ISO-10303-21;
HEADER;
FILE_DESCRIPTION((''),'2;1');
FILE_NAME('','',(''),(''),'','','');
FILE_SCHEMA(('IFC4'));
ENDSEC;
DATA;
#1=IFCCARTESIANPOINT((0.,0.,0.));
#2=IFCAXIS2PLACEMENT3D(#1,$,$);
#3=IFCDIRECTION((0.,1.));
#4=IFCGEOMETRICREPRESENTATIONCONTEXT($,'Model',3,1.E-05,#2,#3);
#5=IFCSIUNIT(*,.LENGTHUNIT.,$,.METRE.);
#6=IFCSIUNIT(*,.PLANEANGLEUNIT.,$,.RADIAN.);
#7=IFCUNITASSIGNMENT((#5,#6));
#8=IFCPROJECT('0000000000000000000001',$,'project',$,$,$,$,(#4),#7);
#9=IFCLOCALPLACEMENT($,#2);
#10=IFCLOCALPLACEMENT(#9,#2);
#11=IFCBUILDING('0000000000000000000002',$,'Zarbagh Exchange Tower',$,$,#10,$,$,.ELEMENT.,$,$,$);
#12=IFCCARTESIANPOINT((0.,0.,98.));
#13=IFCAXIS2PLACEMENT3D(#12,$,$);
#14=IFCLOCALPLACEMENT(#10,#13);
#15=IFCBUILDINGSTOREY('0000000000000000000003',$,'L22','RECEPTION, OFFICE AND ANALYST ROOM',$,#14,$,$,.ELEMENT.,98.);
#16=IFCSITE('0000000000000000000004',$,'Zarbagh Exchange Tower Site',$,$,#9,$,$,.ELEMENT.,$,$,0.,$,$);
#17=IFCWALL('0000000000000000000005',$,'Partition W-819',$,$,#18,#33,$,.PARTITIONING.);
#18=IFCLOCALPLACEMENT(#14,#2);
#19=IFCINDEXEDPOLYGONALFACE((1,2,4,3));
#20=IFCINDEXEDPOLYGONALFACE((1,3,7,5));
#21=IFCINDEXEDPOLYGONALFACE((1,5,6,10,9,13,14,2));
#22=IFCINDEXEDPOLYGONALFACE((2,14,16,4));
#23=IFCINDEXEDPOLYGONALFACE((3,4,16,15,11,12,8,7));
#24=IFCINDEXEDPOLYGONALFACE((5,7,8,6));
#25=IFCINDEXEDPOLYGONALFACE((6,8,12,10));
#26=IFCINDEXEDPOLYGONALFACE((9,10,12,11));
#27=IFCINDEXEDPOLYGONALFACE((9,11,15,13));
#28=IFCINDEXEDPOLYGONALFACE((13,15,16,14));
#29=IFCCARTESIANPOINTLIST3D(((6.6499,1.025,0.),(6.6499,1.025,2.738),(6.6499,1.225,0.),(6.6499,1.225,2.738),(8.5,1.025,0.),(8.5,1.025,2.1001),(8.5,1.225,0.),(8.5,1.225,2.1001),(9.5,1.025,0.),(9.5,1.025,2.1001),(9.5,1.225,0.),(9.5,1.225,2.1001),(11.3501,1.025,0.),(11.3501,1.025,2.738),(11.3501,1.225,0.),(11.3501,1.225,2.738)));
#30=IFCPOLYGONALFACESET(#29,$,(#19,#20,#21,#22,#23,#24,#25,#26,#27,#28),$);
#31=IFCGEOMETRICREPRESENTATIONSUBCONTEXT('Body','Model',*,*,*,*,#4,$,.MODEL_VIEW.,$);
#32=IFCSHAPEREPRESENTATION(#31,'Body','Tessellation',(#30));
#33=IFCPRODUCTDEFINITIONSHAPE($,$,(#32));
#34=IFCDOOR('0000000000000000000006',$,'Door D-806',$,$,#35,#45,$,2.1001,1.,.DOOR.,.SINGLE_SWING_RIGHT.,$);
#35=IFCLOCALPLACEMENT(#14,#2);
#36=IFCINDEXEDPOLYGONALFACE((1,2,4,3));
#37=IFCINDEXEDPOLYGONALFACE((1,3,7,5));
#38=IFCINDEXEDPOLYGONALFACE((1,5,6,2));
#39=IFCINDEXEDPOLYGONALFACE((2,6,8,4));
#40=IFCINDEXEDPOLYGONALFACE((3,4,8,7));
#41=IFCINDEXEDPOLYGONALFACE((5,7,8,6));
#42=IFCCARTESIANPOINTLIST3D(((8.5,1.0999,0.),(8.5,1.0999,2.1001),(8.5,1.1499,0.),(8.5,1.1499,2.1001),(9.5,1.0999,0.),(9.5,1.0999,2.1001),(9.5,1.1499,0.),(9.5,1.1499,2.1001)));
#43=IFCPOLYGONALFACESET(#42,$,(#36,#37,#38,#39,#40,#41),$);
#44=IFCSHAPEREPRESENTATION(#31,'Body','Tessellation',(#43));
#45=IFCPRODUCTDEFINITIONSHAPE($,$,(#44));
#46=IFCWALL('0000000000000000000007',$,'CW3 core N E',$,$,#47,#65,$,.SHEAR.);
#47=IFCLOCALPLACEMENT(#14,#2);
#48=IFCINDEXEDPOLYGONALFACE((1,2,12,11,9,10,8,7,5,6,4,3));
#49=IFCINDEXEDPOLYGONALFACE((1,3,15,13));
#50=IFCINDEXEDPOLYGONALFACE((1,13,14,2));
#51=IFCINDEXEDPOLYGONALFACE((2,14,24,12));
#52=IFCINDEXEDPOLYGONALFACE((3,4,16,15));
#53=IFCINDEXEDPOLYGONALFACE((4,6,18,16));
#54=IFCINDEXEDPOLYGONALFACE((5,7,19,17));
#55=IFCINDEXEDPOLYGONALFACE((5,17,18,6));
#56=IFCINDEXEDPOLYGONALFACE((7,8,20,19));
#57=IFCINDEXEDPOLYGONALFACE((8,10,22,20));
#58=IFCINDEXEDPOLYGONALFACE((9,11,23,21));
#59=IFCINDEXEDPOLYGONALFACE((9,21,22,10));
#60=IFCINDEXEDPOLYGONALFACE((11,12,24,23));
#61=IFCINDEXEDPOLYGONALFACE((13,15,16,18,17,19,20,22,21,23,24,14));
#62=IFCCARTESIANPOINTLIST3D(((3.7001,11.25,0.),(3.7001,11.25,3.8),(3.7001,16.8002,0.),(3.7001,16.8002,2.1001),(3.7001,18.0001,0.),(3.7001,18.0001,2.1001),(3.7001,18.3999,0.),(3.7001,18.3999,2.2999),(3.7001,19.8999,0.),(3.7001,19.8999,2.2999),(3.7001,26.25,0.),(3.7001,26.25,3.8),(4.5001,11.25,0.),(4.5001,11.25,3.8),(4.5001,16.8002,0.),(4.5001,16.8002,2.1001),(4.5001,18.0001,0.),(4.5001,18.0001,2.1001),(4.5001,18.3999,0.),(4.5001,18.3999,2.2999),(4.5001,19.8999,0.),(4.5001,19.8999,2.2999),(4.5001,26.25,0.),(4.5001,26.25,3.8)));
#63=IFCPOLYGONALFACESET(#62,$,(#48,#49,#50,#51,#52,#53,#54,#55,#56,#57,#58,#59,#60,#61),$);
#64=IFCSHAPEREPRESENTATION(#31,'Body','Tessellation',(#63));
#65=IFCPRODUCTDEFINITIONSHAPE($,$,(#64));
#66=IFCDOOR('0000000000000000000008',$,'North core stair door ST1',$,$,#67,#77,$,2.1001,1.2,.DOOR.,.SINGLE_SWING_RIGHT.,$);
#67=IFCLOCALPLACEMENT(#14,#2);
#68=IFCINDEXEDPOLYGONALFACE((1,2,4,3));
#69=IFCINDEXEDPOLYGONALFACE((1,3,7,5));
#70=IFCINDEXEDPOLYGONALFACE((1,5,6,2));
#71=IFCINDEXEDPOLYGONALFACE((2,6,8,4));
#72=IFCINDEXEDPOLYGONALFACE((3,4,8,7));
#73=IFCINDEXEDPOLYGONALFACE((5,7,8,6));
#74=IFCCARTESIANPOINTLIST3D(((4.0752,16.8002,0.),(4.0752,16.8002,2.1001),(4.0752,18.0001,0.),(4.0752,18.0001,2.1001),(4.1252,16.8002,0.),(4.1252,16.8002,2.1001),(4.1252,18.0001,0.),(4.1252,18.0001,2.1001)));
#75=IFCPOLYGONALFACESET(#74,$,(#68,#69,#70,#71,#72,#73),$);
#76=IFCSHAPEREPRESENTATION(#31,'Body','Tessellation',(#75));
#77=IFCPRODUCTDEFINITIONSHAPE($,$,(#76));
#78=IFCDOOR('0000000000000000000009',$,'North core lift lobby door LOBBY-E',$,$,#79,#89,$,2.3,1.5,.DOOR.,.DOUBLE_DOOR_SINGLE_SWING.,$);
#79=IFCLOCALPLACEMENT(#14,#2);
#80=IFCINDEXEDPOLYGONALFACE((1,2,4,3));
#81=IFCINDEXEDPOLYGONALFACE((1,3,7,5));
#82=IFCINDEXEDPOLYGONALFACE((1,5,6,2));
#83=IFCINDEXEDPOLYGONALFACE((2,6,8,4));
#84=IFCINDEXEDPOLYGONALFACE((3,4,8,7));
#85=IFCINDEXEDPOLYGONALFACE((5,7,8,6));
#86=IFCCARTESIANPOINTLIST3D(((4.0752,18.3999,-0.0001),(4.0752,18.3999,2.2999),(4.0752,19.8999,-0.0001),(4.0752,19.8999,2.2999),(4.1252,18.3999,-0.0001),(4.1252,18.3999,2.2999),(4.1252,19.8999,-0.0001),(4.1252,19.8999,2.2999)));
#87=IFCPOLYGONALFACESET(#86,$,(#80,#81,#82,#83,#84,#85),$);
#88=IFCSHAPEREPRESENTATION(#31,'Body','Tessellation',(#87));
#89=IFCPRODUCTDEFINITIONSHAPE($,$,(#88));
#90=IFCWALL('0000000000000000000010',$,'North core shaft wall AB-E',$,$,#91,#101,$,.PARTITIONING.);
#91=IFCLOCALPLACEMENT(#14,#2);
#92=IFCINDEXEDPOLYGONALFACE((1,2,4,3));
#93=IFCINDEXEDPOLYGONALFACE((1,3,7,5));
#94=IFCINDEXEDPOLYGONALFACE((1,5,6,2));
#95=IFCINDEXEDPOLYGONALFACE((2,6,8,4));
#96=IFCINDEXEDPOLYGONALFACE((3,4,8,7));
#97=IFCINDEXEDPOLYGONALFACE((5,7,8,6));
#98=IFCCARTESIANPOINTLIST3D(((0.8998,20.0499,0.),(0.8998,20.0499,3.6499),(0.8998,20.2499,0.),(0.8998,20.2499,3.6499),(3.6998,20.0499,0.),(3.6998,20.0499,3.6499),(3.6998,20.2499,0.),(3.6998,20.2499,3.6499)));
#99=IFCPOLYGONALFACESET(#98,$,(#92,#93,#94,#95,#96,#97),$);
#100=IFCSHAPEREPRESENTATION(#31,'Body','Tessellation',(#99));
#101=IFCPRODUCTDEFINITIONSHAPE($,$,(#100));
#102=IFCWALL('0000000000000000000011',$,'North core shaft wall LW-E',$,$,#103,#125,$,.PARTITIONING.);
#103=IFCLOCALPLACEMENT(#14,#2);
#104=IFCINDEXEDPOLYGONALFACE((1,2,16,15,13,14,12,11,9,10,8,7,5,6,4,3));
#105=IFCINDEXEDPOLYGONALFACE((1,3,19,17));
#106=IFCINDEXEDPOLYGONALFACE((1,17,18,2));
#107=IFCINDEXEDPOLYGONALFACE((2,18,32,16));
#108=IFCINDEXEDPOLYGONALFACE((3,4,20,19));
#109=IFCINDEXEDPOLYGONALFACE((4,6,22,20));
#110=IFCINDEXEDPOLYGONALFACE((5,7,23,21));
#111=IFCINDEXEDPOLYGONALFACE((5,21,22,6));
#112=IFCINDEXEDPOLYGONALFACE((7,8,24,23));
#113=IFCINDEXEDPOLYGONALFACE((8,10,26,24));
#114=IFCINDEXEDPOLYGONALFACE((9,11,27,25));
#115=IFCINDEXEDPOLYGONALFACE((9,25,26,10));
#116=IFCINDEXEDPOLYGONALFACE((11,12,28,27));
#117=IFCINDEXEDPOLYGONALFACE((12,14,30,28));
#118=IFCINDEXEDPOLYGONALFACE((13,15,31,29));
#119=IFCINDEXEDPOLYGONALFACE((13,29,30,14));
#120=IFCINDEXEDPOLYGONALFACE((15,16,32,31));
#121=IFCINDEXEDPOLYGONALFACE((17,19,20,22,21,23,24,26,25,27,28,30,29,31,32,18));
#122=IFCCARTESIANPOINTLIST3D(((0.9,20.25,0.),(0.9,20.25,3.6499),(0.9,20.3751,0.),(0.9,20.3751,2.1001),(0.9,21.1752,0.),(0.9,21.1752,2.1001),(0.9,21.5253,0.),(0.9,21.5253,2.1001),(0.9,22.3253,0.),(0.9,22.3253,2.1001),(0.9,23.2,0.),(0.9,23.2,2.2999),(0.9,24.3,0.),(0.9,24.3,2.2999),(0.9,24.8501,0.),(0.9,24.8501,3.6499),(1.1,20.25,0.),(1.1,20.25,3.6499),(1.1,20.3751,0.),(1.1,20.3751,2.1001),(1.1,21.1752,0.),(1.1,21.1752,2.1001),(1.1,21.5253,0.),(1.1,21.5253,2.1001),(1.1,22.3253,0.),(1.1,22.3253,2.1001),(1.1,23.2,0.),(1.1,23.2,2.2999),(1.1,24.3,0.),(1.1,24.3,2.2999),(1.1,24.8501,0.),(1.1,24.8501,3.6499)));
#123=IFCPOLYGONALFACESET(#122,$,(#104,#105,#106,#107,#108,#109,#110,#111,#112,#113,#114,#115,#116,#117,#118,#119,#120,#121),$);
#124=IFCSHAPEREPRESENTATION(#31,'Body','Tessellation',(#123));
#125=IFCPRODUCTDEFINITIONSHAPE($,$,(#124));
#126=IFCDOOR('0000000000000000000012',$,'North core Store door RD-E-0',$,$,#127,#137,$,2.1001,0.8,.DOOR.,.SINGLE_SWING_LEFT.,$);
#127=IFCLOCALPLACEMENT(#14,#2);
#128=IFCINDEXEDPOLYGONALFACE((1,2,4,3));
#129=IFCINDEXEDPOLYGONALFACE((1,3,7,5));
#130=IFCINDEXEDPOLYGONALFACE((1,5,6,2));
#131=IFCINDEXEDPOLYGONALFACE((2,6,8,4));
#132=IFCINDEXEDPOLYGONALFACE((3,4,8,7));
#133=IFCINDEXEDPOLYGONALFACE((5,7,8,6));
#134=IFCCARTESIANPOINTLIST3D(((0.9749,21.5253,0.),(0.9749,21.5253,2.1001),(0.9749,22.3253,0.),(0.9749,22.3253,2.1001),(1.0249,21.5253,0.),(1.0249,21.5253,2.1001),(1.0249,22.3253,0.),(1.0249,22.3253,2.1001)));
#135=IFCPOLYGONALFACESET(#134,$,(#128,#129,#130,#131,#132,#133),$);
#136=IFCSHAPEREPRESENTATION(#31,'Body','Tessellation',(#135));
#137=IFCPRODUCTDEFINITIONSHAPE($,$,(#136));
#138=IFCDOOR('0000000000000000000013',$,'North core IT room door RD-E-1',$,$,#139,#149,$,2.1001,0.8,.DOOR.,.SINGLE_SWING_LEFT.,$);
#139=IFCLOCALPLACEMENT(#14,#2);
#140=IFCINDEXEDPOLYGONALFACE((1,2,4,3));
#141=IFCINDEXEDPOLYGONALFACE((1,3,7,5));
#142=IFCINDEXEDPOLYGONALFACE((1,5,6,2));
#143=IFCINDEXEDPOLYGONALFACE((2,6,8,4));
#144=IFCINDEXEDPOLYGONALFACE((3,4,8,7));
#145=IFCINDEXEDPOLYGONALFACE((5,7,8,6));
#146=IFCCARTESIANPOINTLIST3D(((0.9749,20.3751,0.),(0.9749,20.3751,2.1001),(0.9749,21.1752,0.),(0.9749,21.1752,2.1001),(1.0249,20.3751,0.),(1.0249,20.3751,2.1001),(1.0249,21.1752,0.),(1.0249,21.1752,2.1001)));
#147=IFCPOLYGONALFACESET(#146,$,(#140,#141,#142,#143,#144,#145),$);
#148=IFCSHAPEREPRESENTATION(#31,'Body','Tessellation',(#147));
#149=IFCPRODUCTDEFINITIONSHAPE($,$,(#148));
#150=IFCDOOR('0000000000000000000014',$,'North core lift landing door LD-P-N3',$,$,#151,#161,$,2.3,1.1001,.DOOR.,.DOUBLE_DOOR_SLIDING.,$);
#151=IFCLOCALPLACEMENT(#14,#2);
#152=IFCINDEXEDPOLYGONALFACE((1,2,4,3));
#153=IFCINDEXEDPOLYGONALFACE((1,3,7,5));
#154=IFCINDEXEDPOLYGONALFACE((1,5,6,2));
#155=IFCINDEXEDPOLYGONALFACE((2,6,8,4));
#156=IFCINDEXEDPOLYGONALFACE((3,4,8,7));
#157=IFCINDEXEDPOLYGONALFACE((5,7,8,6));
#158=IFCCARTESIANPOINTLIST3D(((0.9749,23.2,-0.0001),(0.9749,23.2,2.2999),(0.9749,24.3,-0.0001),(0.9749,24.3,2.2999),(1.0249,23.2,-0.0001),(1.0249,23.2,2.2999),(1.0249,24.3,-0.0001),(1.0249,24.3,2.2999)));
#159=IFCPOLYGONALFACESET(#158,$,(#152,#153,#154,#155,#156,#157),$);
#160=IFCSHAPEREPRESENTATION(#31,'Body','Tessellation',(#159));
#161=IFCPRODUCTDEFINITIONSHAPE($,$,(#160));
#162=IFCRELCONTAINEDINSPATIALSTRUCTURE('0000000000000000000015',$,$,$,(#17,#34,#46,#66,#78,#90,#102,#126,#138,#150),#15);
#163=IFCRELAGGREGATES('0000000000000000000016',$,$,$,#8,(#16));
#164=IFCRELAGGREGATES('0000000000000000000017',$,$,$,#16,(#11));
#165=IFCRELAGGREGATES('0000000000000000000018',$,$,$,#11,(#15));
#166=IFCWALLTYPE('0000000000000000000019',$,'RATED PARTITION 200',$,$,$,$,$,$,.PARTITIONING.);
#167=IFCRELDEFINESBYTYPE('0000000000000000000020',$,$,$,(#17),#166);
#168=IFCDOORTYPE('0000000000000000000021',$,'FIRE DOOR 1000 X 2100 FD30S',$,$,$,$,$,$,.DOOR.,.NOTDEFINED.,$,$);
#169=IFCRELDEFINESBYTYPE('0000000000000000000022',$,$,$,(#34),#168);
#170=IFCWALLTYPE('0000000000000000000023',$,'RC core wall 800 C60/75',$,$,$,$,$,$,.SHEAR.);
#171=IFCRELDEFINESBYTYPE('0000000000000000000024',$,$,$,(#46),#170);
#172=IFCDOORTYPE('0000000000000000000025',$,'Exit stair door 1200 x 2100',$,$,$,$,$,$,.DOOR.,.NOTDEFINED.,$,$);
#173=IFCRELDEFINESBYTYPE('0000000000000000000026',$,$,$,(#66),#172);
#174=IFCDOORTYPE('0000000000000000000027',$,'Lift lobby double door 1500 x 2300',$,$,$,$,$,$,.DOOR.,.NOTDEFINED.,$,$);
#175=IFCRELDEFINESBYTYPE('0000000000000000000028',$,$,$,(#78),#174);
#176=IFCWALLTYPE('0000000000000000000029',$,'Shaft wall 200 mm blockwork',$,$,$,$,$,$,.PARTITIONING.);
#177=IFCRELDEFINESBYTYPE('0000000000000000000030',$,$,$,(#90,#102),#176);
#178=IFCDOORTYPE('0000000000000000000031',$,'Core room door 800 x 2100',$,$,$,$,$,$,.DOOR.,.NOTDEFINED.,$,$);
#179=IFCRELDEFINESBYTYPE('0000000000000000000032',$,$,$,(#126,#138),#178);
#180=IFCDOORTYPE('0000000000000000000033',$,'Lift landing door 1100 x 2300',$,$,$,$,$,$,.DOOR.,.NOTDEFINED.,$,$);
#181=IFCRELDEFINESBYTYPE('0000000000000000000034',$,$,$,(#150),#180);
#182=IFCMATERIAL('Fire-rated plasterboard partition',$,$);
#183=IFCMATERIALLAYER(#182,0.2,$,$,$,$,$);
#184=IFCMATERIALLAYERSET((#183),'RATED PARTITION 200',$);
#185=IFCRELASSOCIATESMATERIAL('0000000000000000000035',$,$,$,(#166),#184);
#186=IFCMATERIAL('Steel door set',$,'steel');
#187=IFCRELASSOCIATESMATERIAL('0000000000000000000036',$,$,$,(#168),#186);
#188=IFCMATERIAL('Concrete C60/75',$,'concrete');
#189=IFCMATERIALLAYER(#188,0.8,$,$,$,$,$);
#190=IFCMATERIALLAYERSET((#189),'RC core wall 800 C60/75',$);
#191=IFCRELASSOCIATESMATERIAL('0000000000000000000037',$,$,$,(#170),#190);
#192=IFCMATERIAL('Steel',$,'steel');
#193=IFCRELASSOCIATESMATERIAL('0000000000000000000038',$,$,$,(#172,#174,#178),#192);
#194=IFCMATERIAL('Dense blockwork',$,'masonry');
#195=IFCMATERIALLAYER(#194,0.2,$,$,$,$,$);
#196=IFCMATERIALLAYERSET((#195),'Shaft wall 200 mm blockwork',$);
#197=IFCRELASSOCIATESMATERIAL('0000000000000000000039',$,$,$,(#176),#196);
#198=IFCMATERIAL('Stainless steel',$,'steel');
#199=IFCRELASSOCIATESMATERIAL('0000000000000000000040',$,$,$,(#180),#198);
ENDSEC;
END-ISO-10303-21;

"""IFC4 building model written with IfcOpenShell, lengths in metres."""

from ifc_helpers import new_model, si_unit, direction, frame, frame_2d, origin, place, context, subcontext, project, spatial, rectangle, extrude, material, layer, layer_set, type_object, element, fill, save


model = new_model("IFC4")

# Units and contexts
model_context = context("Model", 3, precision=1e-05, world=origin(), true_north=direction((0.0, 1.0)))
body_context = subcontext(model_context, "Body", "Model", "MODEL_VIEW")
ifc_project = project(units=[si_unit("LENGTHUNIT", "METRE"), si_unit("PLANEANGLEUNIT", "RADIAN")], contexts=[model_context])

# Site, building, storey
site_placement = place(None, origin())
site = spatial("IfcSite", under=ifc_project, at=site_placement, Name="Zarbagh Exchange Tower Site", CompositionType="ELEMENT", RefElevation=0.0)
building_placement = place(site_placement, origin())
building = spatial("IfcBuilding", under=site, at=building_placement, Name="Zarbagh Exchange Tower", CompositionType="ELEMENT")
storey_placement = place(building_placement, frame((0.0, 0.0, 98.0)))
storey = spatial("IfcBuildingStorey", under=building, at=storey_placement, Name="L22", Description="RECEPTION, OFFICE AND ANALYST ROOM", CompositionType="ELEMENT", Elevation=98.0)

# Shared definitions
ifc_material_1 = material(Name="Concrete C60/75", Category="concrete")

# Shared definitions
ifc_material_2 = material(Name="Dense blockwork", Category="masonry")

# Shared definitions
ifc_material_3 = material(Name="Fire-rated plasterboard partition")
ifc_layer_1 = layer(ifc_material_3, 0.2)
ifc_layer_set_1 = layer_set([ifc_layer_1], Name="RATED PARTITION 200")
wall_type_1 = type_object("IfcWallType", Name="RATED PARTITION 200", PredefinedType="PARTITIONING", material=ifc_layer_set_1)
ifc_material_4 = material(Name="Steel door set", Category="steel")
door_type_1 = type_object("IfcDoorType", Name="FIRE DOOR 1000 X 2100 FD30S", OperationType="NOTDEFINED", PredefinedType="DOOR", material=ifc_material_4)

# Wall, opening, door
wall_1_placement = place(storey_placement, frame((6.6499, 1.125, 0.0), z_axis=(0.0, 0.0, 1.0), x_axis=(1.0, 0.0, 0.0)))
wall_1 = element("IfcWall", 1, at=wall_1_placement, inside=storey, type_object=wall_type_1, Name="Partition W-819", PredefinedType="PARTITIONING", context=body_context, shape_type="SweptSolid", body=[
    extrude(rectangle(XDim=4.7002, YDim=0.2, at=frame_2d((2.3501, 0.0))), origin(), (0.0, 0.0, 1.0), 2.738),
])
opening_1_placement = place(wall_1_placement, frame((1.8501, 0.0, 0.0)))
opening_1 = element("IfcOpeningElement", 2, at=opening_1_placement, cuts=wall_1, PredefinedType="OPENING", context=body_context, shape_type="SweptSolid", body=[
    extrude(rectangle(XDim=1.0, YDim=2.1001, at=frame_2d((0.5, 1.05))), frame((0.0, 0.1099, 0.0), z_axis=(0.0, -1.0, 0.0), x_axis=(1.0, 0.0, 0.0)), (0.0, 0.0, 1.0), 0.22),
])
door_1_placement = place(opening_1_placement, origin())
door_1 = element("IfcDoor", 3, at=door_1_placement, inside=storey, type_object=door_type_1, Name="Door D-806", OperationType="SINGLE_SWING_RIGHT", OverallHeight=2.1001, OverallWidth=1.0, PredefinedType="DOOR", context=body_context, shape_type="SweptSolid", body=[
    extrude(rectangle(XDim=1.0, YDim=2.1001, at=frame_2d((0.5, 1.05))), frame((0.0, 0.0249, 0.0), z_axis=(0.0, -1.0, 0.0), x_axis=(1.0, 0.0, 0.0)), (0.0, 0.0, 1.0), 0.05),
])
fill(opening_1, door_1)

# Wall, openings, doors
ifc_layer_2 = layer(ifc_material_1, 0.8)
ifc_layer_set_2 = layer_set([ifc_layer_2], Name="RC core wall 800 C60/75")
wall_type_2 = type_object("IfcWallType", Name="RC core wall 800 C60/75", PredefinedType="SHEAR", material=ifc_layer_set_2)
wall_2_placement = place(storey_placement, frame((4.1001, 11.25, 0.0), z_axis=(0.0, 0.0, 1.0), x_axis=(0.0, 1.0, 0.0)))
wall_2 = element("IfcWall", 4, at=wall_2_placement, inside=storey, type_object=wall_type_2, Name="CW3 core N E", PredefinedType="SHEAR", context=body_context, shape_type="SweptSolid", body=[
    extrude(rectangle(XDim=15.0, YDim=0.8, at=frame_2d((7.5, 0.0))), origin(), (0.0, 0.0, 1.0), 3.8),
])
opening_2_placement = place(wall_2_placement, frame((7.1499, 0.0, 0.0)))
opening_2 = element("IfcOpeningElement", 5, at=opening_2_placement, cuts=wall_2, PredefinedType="OPENING", context=body_context, shape_type="SweptSolid", body=[
    extrude(rectangle(XDim=1.5, YDim=2.3, at=frame_2d((0.75, 1.1499))), frame((0.0, 0.4099, 0.0), z_axis=(0.0, -1.0, 0.0), x_axis=(1.0, 0.0, 0.0)), (0.0, 0.0, 1.0), 0.8201),
])
opening_3_placement = place(wall_2_placement, frame((5.55, 0.0, 0.0)))
opening_3 = element("IfcOpeningElement", 6, at=opening_3_placement, cuts=wall_2, PredefinedType="OPENING", context=body_context, shape_type="SweptSolid", body=[
    extrude(rectangle(XDim=1.2, YDim=2.1001, at=frame_2d((0.6001, 1.05))), frame((0.0, 0.4099, 0.0), z_axis=(0.0, -1.0, 0.0), x_axis=(1.0, 0.0, 0.0)), (0.0, 0.0, 1.0), 0.8201),
])
ifc_material_5 = material(Name="Steel", Category="steel")
door_type_2 = type_object("IfcDoorType", Name="Exit stair door 1200 x 2100", OperationType="NOTDEFINED", PredefinedType="DOOR", material=ifc_material_5)
door_2_placement = place(opening_3_placement, origin())
door_2 = element("IfcDoor", 7, at=door_2_placement, inside=storey, type_object=door_type_2, Name="North core stair door ST1", OperationType="SINGLE_SWING_RIGHT", OverallHeight=2.1001, OverallWidth=1.2, PredefinedType="DOOR", context=body_context, shape_type="SweptSolid", body=[
    extrude(rectangle(XDim=1.2, YDim=2.1001, at=frame_2d((0.6001, 1.05))), frame((0.0, 0.0249, 0.0), z_axis=(0.0, -1.0, 0.0), x_axis=(1.0, 0.0, 0.0)), (0.0, 0.0, 1.0), 0.05),
])
fill(opening_3, door_2)
door_type_3 = type_object("IfcDoorType", Name="Lift lobby double door 1500 x 2300", OperationType="NOTDEFINED", PredefinedType="DOOR", material=ifc_material_5)
door_3_placement = place(opening_2_placement, origin())
door_3 = element("IfcDoor", 8, at=door_3_placement, inside=storey, type_object=door_type_3, Name="North core lift lobby door LOBBY-E", OperationType="DOUBLE_DOOR_SINGLE_SWING", OverallHeight=2.3, OverallWidth=1.5, PredefinedType="DOOR", context=body_context, shape_type="SweptSolid", body=[
    extrude(rectangle(XDim=1.5, YDim=2.3, at=frame_2d((0.75, 1.1499))), frame((0.0, 0.0249, 0.0), z_axis=(0.0, -1.0, 0.0), x_axis=(1.0, 0.0, 0.0)), (0.0, 0.0, 1.0), 0.05),
])
fill(opening_2, door_3)

# Wall
ifc_layer_3 = layer(ifc_material_2, 0.2)
ifc_layer_set_3 = layer_set([ifc_layer_3], Name="Shaft wall 200 mm blockwork")
wall_type_3 = type_object("IfcWallType", Name="Shaft wall 200 mm blockwork", PredefinedType="PARTITIONING", material=ifc_layer_set_3)
wall_3_placement = place(storey_placement, frame((0.8999, 20.1499, 0.0), z_axis=(0.0, 0.0, 1.0), x_axis=(1.0, 0.0, 0.0)))
element("IfcWall", 9, at=wall_3_placement, inside=storey, type_object=wall_type_3, Name="North core shaft wall AB-E", PredefinedType="PARTITIONING", context=body_context, shape_type="SweptSolid", body=[
    extrude(rectangle(XDim=2.8, YDim=0.2, at=frame_2d((1.3999, 0.0))), origin(), (0.0, 0.0, 1.0), 3.6499),
])

# Wall, openings, doors
wall_4_placement = place(storey_placement, frame((1.0, 24.8501, 0.0), z_axis=(0.0, 0.0, 1.0), x_axis=(0.0, -1.0, 0.0)))
wall_4 = element("IfcWall", 10, at=wall_4_placement, inside=storey, type_object=wall_type_3, Name="North core shaft wall LW-E", PredefinedType="PARTITIONING", context=body_context, shape_type="SweptSolid", body=[
    extrude(rectangle(XDim=4.6001, YDim=0.2, at=frame_2d((2.3, 0.0))), origin(), (0.0, 0.0, 1.0), 3.6499),
])
opening_4_placement = place(wall_4_placement, frame((0.55, 0.0, 0.0)))
opening_4 = element("IfcOpeningElement", 11, at=opening_4_placement, cuts=wall_4, PredefinedType="OPENING", context=body_context, shape_type="SweptSolid", body=[
    extrude(rectangle(XDim=1.1001, YDim=2.3, at=frame_2d((0.55, 1.1499))), frame((0.0, 0.1099, 0.0), z_axis=(0.0, -1.0, 0.0), x_axis=(1.0, 0.0, 0.0)), (0.0, 0.0, 1.0), 0.22),
])
opening_5_placement = place(wall_4_placement, frame((2.5249, 0.0, 0.0)))
opening_5 = element("IfcOpeningElement", 12, at=opening_5_placement, cuts=wall_4, PredefinedType="OPENING", context=body_context, shape_type="SweptSolid", body=[
    extrude(rectangle(XDim=0.8, YDim=2.1001, at=frame_2d((0.3999, 1.05))), frame((0.0, 0.1099, 0.0), z_axis=(0.0, -1.0, 0.0), x_axis=(1.0, 0.0, 0.0)), (0.0, 0.0, 1.0), 0.22),
])
opening_6_placement = place(wall_4_placement, frame((3.675, 0.0, 0.0)))
opening_6 = element("IfcOpeningElement", 13, at=opening_6_placement, cuts=wall_4, PredefinedType="OPENING", context=body_context, shape_type="SweptSolid", body=[
    extrude(rectangle(XDim=0.8, YDim=2.1001, at=frame_2d((0.3999, 1.05))), frame((0.0, 0.1099, 0.0), z_axis=(0.0, -1.0, 0.0), x_axis=(1.0, 0.0, 0.0)), (0.0, 0.0, 1.0), 0.22),
])
door_type_4 = type_object("IfcDoorType", Name="Core room door 800 x 2100", OperationType="NOTDEFINED", PredefinedType="DOOR", material=ifc_material_5)
door_4_placement = place(opening_5_placement, origin())
door_4 = element("IfcDoor", 14, at=door_4_placement, inside=storey, type_object=door_type_4, Name="North core Store door RD-E-0", OperationType="SINGLE_SWING_LEFT", OverallHeight=2.1001, OverallWidth=0.8, PredefinedType="DOOR", context=body_context, shape_type="SweptSolid", body=[
    extrude(rectangle(XDim=0.8, YDim=2.1001, at=frame_2d((0.3999, 1.05))), frame((0.0, 0.0249, 0.0), z_axis=(0.0, -1.0, 0.0), x_axis=(1.0, 0.0, 0.0)), (0.0, 0.0, 1.0), 0.05),
])
fill(opening_5, door_4)
door_5_placement = place(opening_6_placement, origin())
door_5 = element("IfcDoor", 15, at=door_5_placement, inside=storey, type_object=door_type_4, Name="North core IT room door RD-E-1", OperationType="SINGLE_SWING_LEFT", OverallHeight=2.1001, OverallWidth=0.8, PredefinedType="DOOR", context=body_context, shape_type="SweptSolid", body=[
    extrude(rectangle(XDim=0.8, YDim=2.1001, at=frame_2d((0.3999, 1.05))), frame((0.0, 0.0249, 0.0), z_axis=(0.0, -1.0, 0.0), x_axis=(1.0, 0.0, 0.0)), (0.0, 0.0, 1.0), 0.05),
])
fill(opening_6, door_5)
ifc_material_6 = material(Name="Stainless steel", Category="steel")
door_type_5 = type_object("IfcDoorType", Name="Lift landing door 1100 x 2300", OperationType="NOTDEFINED", PredefinedType="DOOR", material=ifc_material_6)
door_6_placement = place(opening_4_placement, origin())
door_6 = element("IfcDoor", 16, at=door_6_placement, inside=storey, type_object=door_type_5, Name="North core lift landing door LD-P-N3", OperationType="DOUBLE_DOOR_SLIDING", OverallHeight=2.3, OverallWidth=1.1001, PredefinedType="DOOR", context=body_context, shape_type="SweptSolid", body=[
    extrude(rectangle(XDim=1.1001, YDim=2.3, at=frame_2d((0.55, 1.1499))), frame((0.0, 0.0249, 0.0), z_axis=(0.0, -1.0, 0.0), x_axis=(1.0, 0.0, 0.0)), (0.0, 0.0, 1.0), 0.05),
])
fill(opening_4, door_6)

save(model, "model.ifc")
